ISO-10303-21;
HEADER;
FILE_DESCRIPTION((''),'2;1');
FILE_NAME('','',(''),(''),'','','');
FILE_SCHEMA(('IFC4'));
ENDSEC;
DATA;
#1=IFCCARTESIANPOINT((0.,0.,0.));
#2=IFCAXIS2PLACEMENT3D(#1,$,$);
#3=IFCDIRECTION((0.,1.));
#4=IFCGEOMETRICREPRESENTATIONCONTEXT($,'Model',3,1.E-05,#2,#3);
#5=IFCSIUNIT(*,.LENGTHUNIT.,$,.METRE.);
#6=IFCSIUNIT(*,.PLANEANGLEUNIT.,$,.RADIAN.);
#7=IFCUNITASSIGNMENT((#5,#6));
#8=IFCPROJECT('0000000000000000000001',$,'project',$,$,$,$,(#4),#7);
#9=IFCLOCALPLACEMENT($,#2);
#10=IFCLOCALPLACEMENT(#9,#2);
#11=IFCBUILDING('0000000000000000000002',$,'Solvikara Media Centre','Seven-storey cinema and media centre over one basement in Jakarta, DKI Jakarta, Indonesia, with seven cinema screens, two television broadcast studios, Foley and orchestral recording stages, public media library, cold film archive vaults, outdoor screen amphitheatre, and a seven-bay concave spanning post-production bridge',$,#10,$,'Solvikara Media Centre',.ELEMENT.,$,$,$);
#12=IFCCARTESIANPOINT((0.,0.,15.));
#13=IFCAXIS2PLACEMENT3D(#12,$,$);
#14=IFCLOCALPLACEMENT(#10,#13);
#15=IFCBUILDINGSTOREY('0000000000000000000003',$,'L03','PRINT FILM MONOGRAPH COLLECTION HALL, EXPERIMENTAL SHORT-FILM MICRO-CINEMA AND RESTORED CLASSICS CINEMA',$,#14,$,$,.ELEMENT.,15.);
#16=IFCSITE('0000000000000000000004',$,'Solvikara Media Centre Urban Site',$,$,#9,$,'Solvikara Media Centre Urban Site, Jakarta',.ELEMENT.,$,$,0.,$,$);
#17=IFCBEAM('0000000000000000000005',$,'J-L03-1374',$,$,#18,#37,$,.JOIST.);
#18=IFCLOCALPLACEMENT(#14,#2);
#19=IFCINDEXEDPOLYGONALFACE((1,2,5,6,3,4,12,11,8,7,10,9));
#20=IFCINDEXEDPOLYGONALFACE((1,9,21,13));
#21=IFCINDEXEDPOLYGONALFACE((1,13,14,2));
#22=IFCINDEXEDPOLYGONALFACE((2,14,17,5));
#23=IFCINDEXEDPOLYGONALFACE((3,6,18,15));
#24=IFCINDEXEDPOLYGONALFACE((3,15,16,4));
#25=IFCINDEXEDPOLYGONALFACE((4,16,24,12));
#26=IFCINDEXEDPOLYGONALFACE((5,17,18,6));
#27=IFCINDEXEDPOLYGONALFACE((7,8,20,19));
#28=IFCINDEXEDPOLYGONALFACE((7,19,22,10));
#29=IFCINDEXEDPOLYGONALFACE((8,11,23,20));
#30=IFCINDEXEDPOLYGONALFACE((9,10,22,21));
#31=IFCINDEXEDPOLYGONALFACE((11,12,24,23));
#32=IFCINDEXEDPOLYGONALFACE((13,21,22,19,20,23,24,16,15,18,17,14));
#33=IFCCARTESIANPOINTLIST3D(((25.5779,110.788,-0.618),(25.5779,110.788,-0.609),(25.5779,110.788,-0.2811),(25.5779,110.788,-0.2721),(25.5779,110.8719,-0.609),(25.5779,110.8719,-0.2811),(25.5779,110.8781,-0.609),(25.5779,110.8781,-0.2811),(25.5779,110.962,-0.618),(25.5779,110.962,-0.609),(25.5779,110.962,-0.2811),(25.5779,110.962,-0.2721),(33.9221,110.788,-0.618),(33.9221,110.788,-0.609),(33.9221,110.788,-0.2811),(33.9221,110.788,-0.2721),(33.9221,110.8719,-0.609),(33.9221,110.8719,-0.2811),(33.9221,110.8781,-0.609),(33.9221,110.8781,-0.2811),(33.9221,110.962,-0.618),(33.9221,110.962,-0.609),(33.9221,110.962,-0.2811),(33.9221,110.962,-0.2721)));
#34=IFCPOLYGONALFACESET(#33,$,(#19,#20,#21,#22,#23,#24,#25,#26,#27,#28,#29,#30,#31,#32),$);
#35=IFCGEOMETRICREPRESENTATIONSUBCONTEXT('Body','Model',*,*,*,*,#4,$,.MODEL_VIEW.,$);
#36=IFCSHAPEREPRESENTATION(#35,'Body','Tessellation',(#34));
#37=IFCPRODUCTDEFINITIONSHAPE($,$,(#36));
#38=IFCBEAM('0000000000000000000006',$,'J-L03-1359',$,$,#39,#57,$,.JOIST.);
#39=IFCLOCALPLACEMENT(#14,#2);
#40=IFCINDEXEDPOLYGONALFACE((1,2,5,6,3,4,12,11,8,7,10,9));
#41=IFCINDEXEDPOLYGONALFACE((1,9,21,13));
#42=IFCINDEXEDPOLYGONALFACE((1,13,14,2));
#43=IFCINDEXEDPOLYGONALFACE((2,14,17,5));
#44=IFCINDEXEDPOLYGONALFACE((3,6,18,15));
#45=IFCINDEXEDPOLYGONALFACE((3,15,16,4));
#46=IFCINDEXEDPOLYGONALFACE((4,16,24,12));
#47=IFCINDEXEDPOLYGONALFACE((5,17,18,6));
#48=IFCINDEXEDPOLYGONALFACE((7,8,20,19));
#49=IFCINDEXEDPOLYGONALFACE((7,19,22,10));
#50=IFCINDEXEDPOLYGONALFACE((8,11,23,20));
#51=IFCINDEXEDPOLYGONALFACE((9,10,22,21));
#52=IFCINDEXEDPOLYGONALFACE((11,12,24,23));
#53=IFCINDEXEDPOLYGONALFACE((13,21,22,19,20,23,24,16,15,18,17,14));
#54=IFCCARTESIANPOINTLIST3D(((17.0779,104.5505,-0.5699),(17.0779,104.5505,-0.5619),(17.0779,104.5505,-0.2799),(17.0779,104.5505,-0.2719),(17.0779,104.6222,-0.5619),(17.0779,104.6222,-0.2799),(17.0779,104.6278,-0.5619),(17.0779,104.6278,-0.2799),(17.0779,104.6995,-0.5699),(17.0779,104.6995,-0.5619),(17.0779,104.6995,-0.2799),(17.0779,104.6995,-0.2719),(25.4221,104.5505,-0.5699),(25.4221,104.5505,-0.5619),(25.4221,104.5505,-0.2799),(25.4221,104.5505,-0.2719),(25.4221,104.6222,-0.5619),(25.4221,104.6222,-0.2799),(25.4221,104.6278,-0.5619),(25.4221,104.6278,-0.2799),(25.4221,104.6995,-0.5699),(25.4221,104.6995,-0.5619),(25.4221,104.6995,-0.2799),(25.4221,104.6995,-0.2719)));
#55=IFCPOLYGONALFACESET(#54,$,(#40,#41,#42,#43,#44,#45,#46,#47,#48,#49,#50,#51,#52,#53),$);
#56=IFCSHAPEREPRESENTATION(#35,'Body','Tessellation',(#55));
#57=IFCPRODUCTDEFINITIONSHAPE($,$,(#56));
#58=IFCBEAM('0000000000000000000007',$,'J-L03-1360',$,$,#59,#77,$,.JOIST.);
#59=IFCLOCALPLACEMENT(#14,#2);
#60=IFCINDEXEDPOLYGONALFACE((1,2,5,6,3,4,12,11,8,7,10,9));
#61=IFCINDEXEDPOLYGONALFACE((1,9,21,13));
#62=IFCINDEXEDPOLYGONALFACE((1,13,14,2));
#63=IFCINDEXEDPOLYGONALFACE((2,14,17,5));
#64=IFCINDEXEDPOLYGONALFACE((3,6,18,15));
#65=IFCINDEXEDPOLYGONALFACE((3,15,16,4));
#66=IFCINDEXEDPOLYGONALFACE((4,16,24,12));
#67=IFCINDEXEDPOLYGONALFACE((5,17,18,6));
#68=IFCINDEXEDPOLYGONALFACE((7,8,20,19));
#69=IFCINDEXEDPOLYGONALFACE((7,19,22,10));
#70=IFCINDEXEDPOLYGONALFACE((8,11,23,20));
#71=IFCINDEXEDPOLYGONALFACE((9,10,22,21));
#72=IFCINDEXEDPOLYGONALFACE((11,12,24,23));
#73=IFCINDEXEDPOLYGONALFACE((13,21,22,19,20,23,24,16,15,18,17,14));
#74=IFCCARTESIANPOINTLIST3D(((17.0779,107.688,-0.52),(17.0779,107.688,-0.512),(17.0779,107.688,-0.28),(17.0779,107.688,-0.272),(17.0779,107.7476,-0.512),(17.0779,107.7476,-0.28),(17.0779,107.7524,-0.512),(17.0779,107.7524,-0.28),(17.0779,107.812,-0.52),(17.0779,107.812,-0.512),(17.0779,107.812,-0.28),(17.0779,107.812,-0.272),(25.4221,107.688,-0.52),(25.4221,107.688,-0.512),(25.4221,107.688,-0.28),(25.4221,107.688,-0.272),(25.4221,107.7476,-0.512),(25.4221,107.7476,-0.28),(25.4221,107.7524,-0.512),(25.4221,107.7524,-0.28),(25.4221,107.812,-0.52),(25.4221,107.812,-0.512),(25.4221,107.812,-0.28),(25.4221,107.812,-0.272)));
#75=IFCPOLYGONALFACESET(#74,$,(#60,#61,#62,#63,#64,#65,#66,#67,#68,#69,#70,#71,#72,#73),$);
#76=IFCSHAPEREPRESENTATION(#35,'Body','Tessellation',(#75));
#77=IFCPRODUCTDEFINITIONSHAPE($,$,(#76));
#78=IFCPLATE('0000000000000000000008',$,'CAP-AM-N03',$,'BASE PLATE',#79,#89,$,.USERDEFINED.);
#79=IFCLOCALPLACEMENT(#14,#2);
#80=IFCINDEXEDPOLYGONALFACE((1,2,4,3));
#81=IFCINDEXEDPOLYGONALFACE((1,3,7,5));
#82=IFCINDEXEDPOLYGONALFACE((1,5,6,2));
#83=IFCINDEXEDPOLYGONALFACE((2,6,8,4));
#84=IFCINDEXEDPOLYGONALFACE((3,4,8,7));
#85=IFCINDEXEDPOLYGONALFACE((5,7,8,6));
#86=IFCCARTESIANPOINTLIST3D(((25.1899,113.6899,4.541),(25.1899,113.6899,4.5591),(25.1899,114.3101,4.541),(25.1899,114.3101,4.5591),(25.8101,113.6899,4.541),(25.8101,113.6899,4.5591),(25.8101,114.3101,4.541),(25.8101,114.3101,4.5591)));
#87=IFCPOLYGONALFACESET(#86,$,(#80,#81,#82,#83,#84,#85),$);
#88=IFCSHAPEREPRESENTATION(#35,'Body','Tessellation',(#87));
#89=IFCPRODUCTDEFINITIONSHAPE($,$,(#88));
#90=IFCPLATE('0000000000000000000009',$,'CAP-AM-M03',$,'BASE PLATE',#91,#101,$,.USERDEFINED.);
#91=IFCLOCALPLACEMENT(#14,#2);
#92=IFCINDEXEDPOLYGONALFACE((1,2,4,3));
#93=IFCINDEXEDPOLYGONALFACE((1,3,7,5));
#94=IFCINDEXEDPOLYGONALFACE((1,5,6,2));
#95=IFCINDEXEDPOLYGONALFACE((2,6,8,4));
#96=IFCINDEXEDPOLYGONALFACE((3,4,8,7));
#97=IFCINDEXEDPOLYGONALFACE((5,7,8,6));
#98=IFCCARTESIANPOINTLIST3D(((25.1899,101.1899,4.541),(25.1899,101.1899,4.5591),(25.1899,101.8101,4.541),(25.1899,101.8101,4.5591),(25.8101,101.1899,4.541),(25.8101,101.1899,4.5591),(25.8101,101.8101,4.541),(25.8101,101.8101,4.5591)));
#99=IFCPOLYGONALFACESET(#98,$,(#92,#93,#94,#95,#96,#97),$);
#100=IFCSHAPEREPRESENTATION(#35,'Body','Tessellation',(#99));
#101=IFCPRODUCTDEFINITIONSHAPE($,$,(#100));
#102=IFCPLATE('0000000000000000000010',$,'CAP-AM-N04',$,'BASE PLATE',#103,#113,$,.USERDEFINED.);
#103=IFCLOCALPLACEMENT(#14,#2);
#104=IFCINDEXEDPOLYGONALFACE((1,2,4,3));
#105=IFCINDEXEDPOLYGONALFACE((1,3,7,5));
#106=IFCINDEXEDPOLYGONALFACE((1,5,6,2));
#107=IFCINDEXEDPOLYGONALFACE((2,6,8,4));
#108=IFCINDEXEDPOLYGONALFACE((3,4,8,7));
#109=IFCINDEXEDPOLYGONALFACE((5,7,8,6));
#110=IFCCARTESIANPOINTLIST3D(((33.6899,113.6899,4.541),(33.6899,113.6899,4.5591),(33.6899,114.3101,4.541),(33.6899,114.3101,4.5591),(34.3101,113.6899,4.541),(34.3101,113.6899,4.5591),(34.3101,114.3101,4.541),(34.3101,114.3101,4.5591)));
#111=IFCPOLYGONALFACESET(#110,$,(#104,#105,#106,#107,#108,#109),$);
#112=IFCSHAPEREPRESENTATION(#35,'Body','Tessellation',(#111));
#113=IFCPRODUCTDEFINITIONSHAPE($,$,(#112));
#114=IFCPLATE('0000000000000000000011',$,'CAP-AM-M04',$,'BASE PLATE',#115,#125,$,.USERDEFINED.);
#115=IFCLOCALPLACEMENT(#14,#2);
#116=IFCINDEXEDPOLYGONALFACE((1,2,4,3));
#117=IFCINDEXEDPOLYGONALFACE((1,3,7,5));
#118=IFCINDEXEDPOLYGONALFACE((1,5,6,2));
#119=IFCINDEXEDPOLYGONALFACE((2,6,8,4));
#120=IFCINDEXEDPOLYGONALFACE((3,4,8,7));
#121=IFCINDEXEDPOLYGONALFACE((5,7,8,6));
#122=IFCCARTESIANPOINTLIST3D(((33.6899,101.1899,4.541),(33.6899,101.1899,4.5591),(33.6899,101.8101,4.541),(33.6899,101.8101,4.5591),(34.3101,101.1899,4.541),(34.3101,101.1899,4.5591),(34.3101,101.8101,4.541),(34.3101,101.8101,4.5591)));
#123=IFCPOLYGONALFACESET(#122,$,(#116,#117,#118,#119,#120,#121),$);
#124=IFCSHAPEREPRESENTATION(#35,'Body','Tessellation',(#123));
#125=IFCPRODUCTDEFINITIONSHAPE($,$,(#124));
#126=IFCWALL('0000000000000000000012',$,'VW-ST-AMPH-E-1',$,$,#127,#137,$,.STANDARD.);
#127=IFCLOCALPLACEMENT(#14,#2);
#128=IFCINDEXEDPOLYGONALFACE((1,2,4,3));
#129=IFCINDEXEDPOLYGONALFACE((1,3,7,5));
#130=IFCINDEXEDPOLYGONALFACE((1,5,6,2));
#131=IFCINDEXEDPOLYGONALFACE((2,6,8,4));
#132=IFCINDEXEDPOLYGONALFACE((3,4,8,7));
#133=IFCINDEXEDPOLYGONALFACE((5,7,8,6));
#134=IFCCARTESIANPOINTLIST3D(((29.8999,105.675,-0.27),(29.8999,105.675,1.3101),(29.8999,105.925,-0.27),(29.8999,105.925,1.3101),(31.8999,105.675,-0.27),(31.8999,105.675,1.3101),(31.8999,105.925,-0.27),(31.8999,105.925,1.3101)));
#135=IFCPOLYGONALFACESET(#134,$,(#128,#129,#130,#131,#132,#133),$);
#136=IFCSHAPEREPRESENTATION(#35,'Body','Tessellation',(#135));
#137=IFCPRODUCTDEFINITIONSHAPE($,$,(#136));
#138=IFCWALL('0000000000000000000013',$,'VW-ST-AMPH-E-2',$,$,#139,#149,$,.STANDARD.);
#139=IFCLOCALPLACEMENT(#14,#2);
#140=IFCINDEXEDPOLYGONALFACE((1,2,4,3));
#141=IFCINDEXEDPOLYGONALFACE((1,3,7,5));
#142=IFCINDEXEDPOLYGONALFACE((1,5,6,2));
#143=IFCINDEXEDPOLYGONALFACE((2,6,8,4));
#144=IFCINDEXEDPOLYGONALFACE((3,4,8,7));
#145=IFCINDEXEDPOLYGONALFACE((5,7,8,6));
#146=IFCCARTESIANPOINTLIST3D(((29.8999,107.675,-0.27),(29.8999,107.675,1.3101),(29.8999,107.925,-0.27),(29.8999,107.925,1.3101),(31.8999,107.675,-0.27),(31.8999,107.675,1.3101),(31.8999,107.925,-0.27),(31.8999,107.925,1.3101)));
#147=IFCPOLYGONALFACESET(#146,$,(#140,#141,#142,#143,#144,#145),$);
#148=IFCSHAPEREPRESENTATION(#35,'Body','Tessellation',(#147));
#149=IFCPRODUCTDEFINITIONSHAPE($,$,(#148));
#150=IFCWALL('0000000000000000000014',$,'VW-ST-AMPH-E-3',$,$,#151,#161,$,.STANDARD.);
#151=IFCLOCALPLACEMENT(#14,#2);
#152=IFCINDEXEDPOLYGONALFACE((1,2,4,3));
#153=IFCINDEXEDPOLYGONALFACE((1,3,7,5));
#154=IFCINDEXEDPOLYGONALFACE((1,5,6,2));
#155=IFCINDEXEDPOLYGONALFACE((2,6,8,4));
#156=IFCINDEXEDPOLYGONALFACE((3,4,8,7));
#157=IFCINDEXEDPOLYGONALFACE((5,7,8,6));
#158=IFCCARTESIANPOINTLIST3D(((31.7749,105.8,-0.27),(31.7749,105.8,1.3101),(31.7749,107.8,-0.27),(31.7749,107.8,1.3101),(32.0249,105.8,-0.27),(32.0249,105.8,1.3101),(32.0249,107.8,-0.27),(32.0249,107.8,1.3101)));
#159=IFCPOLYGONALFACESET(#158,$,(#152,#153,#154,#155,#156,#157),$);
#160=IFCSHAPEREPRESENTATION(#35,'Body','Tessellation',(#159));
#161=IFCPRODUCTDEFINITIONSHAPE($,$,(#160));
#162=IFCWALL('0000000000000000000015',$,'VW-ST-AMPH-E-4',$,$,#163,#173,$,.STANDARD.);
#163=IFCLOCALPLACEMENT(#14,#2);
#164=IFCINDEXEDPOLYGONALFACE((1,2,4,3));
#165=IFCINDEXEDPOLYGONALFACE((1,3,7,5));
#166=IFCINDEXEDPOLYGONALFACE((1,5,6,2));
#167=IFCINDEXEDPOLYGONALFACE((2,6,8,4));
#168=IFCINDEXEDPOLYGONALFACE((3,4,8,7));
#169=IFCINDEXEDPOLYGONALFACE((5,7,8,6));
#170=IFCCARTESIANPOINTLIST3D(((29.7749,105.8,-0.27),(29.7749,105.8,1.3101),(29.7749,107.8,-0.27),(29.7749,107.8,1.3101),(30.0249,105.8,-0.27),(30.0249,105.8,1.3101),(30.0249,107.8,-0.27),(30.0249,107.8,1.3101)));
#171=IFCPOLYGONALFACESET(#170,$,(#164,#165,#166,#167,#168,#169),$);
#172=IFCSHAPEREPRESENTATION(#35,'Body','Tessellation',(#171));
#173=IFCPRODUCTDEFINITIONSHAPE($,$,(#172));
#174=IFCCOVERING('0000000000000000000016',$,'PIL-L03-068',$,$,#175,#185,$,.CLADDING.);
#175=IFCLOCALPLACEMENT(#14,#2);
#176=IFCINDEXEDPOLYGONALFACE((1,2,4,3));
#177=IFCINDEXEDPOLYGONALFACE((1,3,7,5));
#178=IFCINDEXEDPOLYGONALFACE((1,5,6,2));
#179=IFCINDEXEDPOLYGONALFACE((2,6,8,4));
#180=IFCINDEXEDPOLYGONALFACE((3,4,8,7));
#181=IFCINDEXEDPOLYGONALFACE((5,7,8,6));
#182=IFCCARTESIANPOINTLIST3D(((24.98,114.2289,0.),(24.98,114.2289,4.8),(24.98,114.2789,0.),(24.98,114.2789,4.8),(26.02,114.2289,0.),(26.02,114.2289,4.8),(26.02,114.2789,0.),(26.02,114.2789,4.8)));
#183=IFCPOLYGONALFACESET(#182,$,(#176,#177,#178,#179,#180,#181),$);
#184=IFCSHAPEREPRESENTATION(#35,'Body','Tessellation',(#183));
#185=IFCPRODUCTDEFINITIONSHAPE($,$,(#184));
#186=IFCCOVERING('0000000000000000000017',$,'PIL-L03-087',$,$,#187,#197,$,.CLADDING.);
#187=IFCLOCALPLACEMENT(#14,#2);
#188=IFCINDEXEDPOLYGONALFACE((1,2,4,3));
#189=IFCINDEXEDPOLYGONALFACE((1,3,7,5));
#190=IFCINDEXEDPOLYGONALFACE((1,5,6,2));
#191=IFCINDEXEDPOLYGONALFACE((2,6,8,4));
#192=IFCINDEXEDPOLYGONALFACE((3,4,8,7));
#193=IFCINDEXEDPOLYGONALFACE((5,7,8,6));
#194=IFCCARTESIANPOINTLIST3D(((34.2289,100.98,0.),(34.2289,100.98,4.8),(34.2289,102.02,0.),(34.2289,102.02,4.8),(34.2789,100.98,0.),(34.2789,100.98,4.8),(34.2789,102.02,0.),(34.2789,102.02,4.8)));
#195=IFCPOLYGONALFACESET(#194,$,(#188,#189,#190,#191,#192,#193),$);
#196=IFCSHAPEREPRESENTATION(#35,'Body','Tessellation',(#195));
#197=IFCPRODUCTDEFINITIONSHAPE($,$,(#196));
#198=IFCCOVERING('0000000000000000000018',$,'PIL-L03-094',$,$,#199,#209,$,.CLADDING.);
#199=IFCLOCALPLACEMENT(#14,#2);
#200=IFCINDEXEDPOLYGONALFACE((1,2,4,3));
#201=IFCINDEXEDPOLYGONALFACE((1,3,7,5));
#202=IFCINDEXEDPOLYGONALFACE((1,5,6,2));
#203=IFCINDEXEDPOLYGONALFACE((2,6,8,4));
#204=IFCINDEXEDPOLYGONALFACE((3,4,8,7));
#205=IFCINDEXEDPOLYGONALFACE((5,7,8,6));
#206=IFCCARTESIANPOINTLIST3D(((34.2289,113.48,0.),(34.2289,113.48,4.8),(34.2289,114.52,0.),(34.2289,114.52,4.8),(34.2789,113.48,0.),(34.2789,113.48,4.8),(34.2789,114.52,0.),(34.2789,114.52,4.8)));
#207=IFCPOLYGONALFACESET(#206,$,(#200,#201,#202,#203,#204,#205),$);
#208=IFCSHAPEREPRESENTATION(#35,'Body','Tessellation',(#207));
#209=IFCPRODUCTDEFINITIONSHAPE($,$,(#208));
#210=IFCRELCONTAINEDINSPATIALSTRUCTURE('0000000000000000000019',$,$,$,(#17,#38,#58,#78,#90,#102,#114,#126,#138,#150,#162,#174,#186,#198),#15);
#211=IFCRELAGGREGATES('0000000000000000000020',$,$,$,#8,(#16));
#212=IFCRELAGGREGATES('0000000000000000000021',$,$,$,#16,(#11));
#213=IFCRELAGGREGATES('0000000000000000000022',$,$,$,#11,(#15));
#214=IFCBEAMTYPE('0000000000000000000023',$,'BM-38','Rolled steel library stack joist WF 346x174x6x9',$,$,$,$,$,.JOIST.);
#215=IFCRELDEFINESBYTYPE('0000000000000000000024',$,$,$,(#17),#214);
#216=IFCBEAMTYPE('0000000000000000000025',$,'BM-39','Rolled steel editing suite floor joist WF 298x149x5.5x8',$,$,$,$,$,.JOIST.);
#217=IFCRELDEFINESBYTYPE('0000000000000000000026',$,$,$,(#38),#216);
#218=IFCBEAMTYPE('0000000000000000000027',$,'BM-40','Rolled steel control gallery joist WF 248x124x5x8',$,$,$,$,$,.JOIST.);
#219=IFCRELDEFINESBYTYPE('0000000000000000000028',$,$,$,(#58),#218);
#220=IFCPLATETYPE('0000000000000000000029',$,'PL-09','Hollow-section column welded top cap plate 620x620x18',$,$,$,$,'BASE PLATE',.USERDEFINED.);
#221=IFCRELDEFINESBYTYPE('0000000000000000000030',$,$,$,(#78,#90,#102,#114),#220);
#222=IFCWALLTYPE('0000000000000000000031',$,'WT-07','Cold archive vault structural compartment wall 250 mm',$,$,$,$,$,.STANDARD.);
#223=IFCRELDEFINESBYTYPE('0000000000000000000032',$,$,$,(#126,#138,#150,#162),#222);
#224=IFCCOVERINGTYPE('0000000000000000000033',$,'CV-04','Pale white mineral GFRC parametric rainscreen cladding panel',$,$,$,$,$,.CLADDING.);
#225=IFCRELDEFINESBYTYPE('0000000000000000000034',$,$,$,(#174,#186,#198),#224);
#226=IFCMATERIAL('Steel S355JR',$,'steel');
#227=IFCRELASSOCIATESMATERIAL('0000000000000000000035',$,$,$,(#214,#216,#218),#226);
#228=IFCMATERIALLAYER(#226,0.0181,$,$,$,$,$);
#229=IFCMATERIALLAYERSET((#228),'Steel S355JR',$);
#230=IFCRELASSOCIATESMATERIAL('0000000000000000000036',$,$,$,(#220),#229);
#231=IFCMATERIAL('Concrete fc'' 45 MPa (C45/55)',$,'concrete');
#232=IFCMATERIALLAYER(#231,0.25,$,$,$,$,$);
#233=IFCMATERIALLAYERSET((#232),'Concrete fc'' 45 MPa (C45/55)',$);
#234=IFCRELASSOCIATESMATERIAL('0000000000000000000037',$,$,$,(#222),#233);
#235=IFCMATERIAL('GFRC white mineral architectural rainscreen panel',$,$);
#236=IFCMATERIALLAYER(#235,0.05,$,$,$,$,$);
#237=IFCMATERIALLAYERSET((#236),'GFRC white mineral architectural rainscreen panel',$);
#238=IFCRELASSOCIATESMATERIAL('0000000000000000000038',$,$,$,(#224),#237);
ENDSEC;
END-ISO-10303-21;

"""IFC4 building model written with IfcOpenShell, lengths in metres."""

from ifc_helpers import new_model, si_unit, direction, frame, frame_2d, origin, origin_2d, place, context, subcontext, project, spatial, rectangle, i_section, extrude, material, layer, layer_set, material_profile, profile_set, type_object, element, save


model = new_model("IFC4")

# Units and contexts
model_context = context("Model", 3, precision=1e-05, world=origin(), true_north=direction((0.0, 1.0)))
body_context = subcontext(model_context, "Body", "Model", "MODEL_VIEW")
ifc_project = project(units=[si_unit("LENGTHUNIT", "METRE"), si_unit("PLANEANGLEUNIT", "RADIAN")], contexts=[model_context])

# Site, building, storey
site_placement = place(None, origin())
site = spatial("IfcSite", under=ifc_project, at=site_placement, Name="Solvikara Media Centre Urban Site", LongName="Solvikara Media Centre Urban Site, Jakarta", CompositionType="ELEMENT", RefElevation=0.0)
building_placement = place(site_placement, origin())
building = spatial("IfcBuilding", under=site, at=building_placement, Name="Solvikara Media Centre", Description="Seven-storey cinema and media centre over one basement in Jakarta, DKI Jakarta, Indonesia, with seven cinema screens, two television broadcast studios, Foley and orchestral recording stages, public media library, cold film archive vaults, outdoor screen amphitheatre, and a seven-bay concave spanning post-production bridge", LongName="Solvikara Media Centre", CompositionType="ELEMENT")
storey_placement = place(building_placement, frame((0.0, 0.0, 15.0)))
storey = spatial("IfcBuildingStorey", under=building, at=storey_placement, Name="L03", Description="PRINT FILM MONOGRAPH COLLECTION HALL, EXPERIMENTAL SHORT-FILM MICRO-CINEMA AND RESTORED CLASSICS CINEMA", CompositionType="ELEMENT", Elevation=15.0)

# Shared definitions
ifc_material_1 = material(Name="Steel S355JR", Category="steel")

# Beams
ifc_material_profile_1 = material_profile(ifc_material_1, i_section(OverallWidth=0.1741, OverallDepth=0.3459, WebThickness=0.0061, FlangeThickness=0.009, at=origin_2d()), Name="WF 346x174x6x9")
ifc_profile_set_1 = profile_set([ifc_material_profile_1], Name="Steel S355JR")
beam_type_1 = type_object("IfcBeamType", Name="BM-38", Description="Rolled steel library stack joist WF 346x174x6x9", PredefinedType="JOIST", material=ifc_profile_set_1)
beam_1_placement = place(storey_placement, frame((25.5779, 110.875, -0.4451), z_axis=(1.0, 0.0, 0.0), x_axis=(0.0, 1.0, 0.0)))
element("IfcBeam", 1, at=beam_1_placement, inside=storey, type_object=beam_type_1, Name="J-L03-1374", PredefinedType="JOIST", context=body_context, shape_type="SweptSolid", body=[
    extrude(i_section(OverallWidth=0.1741, OverallDepth=0.3459, WebThickness=0.0061, FlangeThickness=0.009, at=origin_2d()), origin(), (0.0, 0.0, 1.0), 8.3442),
])
ifc_material_profile_2 = material_profile(ifc_material_1, i_section(OverallWidth=0.1489, OverallDepth=0.2981, WebThickness=0.0056, FlangeThickness=0.0081, at=origin_2d()), Name="WF 298x149x5.5x8")
ifc_profile_set_2 = profile_set([ifc_material_profile_2], Name="Steel S355JR")
beam_type_2 = type_object("IfcBeamType", Name="BM-39", Description="Rolled steel editing suite floor joist WF 298x149x5.5x8", PredefinedType="JOIST", material=ifc_profile_set_2)
beam_2_placement = place(storey_placement, frame((17.0779, 104.625, -0.4209), z_axis=(1.0, 0.0, 0.0), x_axis=(0.0, 1.0, 0.0)))
element("IfcBeam", 2, at=beam_2_placement, inside=storey, type_object=beam_type_2, Name="J-L03-1359", PredefinedType="JOIST", context=body_context, shape_type="SweptSolid", body=[
    extrude(i_section(OverallWidth=0.1489, OverallDepth=0.2981, WebThickness=0.0056, FlangeThickness=0.0081, at=origin_2d()), origin(), (0.0, 0.0, 1.0), 8.3442),
])
ifc_material_profile_3 = material_profile(ifc_material_1, i_section(OverallWidth=0.124, OverallDepth=0.248, WebThickness=0.0049, FlangeThickness=0.0081, at=origin_2d()), Name="WF 248x124x5x8")
ifc_profile_set_3 = profile_set([ifc_material_profile_3], Name="Steel S355JR")
beam_type_3 = type_object("IfcBeamType", Name="BM-40", Description="Rolled steel control gallery joist WF 248x124x5x8", PredefinedType="JOIST", material=ifc_profile_set_3)
beam_3_placement = place(storey_placement, frame((17.0779, 107.75, -0.396), z_axis=(1.0, 0.0, 0.0), x_axis=(0.0, 1.0, 0.0)))
element("IfcBeam", 3, at=beam_3_placement, inside=storey, type_object=beam_type_3, Name="J-L03-1360", PredefinedType="JOIST", context=body_context, shape_type="SweptSolid", body=[
    extrude(i_section(OverallWidth=0.124, OverallDepth=0.248, WebThickness=0.0049, FlangeThickness=0.0081, at=origin_2d()), origin(), (0.0, 0.0, 1.0), 8.3442),
])

# Plates
ifc_layer_1 = layer(ifc_material_1, 0.0181)
ifc_layer_set_1 = layer_set([ifc_layer_1], Name="Steel S355JR")
plate_type = type_object("IfcPlateType", Name="PL-09", Description="Hollow-section column welded top cap plate 620x620x18", ElementType="BASE PLATE", PredefinedType="USERDEFINED", material=ifc_layer_set_1)
for number, where, z_axis, x_axis, name in (
    (4, (25.5, 114.0, 4.541), (0.0, 0.0, 1.0), (1.0, 0.0, 0.0), "CAP-AM-N03"),
    (5, (25.5, 101.5, 4.541), (0.0, 0.0, 1.0), (1.0, 0.0, 0.0), "CAP-AM-M03"),
    (6, (34.0, 114.0, 4.541), (0.0, 0.0, 1.0), (1.0, 0.0, 0.0), "CAP-AM-N04"),
    (7, (34.0, 101.5, 4.541), (0.0, 0.0, 1.0), (1.0, 0.0, 0.0), "CAP-AM-M04"),
):
    element("IfcPlate", number, at=place(storey_placement, frame(where, z_axis=z_axis, x_axis=x_axis)), inside=storey, type_object=plate_type, Name=name, ObjectType="BASE PLATE", PredefinedType="USERDEFINED", context=body_context, shape_type="SweptSolid", body=[
        extrude(rectangle(XDim=0.6201, YDim=0.6201, at=origin_2d()), origin(), (0.0, 0.0, 1.0), 0.0181),
    ])

# Walls
ifc_material_2 = material(Name="Concrete fc' 45 MPa (C45/55)", Category="concrete")
ifc_layer_2 = layer(ifc_material_2, 0.25)
ifc_layer_set_2 = layer_set([ifc_layer_2], Name="Concrete fc' 45 MPa (C45/55)")
wall_type = type_object("IfcWallType", Name="WT-07", Description="Cold archive vault structural compartment wall 250 mm", PredefinedType="STANDARD", material=ifc_layer_set_2)
for number, where, z_axis, x_axis, name in (
    (8, (29.8999, 105.8, -0.27), (0.0, 0.0, 1.0), (1.0, 0.0, 0.0), "VW-ST-AMPH-E-1"),
    (9, (29.8999, 107.8, -0.27), (0.0, 0.0, 1.0), (1.0, 0.0, 0.0), "VW-ST-AMPH-E-2"),
    (10, (31.8999, 105.8, -0.27), (0.0, 0.0, 1.0), (0.0, 1.0, 0.0), "VW-ST-AMPH-E-3"),
    (11, (29.8999, 105.8, -0.27), (0.0, 0.0, 1.0), (0.0, 1.0, 0.0), "VW-ST-AMPH-E-4"),
):
    element("IfcWall", number, at=place(storey_placement, frame(where, z_axis=z_axis, x_axis=x_axis)), inside=storey, type_object=wall_type, Name=name, PredefinedType="STANDARD", context=body_context, shape_type="SweptSolid", body=[
        extrude(rectangle(XDim=2.0, YDim=0.25, at=frame_2d((1.0, 0.0))), origin(), (0.0, 0.0, 1.0), 1.5801),
    ])

# Coverings
ifc_material_3 = material(Name="GFRC white mineral architectural rainscreen panel")
ifc_layer_3 = layer(ifc_material_3, 0.05)
ifc_layer_set_3 = layer_set([ifc_layer_3], Name="GFRC white mineral architectural rainscreen panel")
covering_type = type_object("IfcCoveringType", Name="CV-04", Description="Pale white mineral GFRC parametric rainscreen cladding panel", PredefinedType="CLADDING", material=ifc_layer_set_3)
for number, where, z_axis, x_axis, name in (
    (12, (25.5, 114.2539, 0.0), (0.0, 0.0, 1.0), (-1.0, 0.0, 0.0), "PIL-L03-068"),
    (13, (34.2539, 101.5, 0.0), (0.0, 0.0, 1.0), (0.0, 1.0, 0.0), "PIL-L03-087"),
    (14, (34.2539, 114.0, 0.0), (0.0, 0.0, 1.0), (0.0, 1.0, 0.0), "PIL-L03-094"),
):
    element("IfcCovering", number, at=place(storey_placement, frame(where, z_axis=z_axis, x_axis=x_axis)), inside=storey, type_object=covering_type, Name=name, PredefinedType="CLADDING", context=body_context, shape_type="SweptSolid", body=[
        extrude(rectangle(XDim=1.04, YDim=0.05, at=origin_2d()), origin(), (0.0, 0.0, 1.0), 4.8),
    ])

save(model, "model.ifc")
